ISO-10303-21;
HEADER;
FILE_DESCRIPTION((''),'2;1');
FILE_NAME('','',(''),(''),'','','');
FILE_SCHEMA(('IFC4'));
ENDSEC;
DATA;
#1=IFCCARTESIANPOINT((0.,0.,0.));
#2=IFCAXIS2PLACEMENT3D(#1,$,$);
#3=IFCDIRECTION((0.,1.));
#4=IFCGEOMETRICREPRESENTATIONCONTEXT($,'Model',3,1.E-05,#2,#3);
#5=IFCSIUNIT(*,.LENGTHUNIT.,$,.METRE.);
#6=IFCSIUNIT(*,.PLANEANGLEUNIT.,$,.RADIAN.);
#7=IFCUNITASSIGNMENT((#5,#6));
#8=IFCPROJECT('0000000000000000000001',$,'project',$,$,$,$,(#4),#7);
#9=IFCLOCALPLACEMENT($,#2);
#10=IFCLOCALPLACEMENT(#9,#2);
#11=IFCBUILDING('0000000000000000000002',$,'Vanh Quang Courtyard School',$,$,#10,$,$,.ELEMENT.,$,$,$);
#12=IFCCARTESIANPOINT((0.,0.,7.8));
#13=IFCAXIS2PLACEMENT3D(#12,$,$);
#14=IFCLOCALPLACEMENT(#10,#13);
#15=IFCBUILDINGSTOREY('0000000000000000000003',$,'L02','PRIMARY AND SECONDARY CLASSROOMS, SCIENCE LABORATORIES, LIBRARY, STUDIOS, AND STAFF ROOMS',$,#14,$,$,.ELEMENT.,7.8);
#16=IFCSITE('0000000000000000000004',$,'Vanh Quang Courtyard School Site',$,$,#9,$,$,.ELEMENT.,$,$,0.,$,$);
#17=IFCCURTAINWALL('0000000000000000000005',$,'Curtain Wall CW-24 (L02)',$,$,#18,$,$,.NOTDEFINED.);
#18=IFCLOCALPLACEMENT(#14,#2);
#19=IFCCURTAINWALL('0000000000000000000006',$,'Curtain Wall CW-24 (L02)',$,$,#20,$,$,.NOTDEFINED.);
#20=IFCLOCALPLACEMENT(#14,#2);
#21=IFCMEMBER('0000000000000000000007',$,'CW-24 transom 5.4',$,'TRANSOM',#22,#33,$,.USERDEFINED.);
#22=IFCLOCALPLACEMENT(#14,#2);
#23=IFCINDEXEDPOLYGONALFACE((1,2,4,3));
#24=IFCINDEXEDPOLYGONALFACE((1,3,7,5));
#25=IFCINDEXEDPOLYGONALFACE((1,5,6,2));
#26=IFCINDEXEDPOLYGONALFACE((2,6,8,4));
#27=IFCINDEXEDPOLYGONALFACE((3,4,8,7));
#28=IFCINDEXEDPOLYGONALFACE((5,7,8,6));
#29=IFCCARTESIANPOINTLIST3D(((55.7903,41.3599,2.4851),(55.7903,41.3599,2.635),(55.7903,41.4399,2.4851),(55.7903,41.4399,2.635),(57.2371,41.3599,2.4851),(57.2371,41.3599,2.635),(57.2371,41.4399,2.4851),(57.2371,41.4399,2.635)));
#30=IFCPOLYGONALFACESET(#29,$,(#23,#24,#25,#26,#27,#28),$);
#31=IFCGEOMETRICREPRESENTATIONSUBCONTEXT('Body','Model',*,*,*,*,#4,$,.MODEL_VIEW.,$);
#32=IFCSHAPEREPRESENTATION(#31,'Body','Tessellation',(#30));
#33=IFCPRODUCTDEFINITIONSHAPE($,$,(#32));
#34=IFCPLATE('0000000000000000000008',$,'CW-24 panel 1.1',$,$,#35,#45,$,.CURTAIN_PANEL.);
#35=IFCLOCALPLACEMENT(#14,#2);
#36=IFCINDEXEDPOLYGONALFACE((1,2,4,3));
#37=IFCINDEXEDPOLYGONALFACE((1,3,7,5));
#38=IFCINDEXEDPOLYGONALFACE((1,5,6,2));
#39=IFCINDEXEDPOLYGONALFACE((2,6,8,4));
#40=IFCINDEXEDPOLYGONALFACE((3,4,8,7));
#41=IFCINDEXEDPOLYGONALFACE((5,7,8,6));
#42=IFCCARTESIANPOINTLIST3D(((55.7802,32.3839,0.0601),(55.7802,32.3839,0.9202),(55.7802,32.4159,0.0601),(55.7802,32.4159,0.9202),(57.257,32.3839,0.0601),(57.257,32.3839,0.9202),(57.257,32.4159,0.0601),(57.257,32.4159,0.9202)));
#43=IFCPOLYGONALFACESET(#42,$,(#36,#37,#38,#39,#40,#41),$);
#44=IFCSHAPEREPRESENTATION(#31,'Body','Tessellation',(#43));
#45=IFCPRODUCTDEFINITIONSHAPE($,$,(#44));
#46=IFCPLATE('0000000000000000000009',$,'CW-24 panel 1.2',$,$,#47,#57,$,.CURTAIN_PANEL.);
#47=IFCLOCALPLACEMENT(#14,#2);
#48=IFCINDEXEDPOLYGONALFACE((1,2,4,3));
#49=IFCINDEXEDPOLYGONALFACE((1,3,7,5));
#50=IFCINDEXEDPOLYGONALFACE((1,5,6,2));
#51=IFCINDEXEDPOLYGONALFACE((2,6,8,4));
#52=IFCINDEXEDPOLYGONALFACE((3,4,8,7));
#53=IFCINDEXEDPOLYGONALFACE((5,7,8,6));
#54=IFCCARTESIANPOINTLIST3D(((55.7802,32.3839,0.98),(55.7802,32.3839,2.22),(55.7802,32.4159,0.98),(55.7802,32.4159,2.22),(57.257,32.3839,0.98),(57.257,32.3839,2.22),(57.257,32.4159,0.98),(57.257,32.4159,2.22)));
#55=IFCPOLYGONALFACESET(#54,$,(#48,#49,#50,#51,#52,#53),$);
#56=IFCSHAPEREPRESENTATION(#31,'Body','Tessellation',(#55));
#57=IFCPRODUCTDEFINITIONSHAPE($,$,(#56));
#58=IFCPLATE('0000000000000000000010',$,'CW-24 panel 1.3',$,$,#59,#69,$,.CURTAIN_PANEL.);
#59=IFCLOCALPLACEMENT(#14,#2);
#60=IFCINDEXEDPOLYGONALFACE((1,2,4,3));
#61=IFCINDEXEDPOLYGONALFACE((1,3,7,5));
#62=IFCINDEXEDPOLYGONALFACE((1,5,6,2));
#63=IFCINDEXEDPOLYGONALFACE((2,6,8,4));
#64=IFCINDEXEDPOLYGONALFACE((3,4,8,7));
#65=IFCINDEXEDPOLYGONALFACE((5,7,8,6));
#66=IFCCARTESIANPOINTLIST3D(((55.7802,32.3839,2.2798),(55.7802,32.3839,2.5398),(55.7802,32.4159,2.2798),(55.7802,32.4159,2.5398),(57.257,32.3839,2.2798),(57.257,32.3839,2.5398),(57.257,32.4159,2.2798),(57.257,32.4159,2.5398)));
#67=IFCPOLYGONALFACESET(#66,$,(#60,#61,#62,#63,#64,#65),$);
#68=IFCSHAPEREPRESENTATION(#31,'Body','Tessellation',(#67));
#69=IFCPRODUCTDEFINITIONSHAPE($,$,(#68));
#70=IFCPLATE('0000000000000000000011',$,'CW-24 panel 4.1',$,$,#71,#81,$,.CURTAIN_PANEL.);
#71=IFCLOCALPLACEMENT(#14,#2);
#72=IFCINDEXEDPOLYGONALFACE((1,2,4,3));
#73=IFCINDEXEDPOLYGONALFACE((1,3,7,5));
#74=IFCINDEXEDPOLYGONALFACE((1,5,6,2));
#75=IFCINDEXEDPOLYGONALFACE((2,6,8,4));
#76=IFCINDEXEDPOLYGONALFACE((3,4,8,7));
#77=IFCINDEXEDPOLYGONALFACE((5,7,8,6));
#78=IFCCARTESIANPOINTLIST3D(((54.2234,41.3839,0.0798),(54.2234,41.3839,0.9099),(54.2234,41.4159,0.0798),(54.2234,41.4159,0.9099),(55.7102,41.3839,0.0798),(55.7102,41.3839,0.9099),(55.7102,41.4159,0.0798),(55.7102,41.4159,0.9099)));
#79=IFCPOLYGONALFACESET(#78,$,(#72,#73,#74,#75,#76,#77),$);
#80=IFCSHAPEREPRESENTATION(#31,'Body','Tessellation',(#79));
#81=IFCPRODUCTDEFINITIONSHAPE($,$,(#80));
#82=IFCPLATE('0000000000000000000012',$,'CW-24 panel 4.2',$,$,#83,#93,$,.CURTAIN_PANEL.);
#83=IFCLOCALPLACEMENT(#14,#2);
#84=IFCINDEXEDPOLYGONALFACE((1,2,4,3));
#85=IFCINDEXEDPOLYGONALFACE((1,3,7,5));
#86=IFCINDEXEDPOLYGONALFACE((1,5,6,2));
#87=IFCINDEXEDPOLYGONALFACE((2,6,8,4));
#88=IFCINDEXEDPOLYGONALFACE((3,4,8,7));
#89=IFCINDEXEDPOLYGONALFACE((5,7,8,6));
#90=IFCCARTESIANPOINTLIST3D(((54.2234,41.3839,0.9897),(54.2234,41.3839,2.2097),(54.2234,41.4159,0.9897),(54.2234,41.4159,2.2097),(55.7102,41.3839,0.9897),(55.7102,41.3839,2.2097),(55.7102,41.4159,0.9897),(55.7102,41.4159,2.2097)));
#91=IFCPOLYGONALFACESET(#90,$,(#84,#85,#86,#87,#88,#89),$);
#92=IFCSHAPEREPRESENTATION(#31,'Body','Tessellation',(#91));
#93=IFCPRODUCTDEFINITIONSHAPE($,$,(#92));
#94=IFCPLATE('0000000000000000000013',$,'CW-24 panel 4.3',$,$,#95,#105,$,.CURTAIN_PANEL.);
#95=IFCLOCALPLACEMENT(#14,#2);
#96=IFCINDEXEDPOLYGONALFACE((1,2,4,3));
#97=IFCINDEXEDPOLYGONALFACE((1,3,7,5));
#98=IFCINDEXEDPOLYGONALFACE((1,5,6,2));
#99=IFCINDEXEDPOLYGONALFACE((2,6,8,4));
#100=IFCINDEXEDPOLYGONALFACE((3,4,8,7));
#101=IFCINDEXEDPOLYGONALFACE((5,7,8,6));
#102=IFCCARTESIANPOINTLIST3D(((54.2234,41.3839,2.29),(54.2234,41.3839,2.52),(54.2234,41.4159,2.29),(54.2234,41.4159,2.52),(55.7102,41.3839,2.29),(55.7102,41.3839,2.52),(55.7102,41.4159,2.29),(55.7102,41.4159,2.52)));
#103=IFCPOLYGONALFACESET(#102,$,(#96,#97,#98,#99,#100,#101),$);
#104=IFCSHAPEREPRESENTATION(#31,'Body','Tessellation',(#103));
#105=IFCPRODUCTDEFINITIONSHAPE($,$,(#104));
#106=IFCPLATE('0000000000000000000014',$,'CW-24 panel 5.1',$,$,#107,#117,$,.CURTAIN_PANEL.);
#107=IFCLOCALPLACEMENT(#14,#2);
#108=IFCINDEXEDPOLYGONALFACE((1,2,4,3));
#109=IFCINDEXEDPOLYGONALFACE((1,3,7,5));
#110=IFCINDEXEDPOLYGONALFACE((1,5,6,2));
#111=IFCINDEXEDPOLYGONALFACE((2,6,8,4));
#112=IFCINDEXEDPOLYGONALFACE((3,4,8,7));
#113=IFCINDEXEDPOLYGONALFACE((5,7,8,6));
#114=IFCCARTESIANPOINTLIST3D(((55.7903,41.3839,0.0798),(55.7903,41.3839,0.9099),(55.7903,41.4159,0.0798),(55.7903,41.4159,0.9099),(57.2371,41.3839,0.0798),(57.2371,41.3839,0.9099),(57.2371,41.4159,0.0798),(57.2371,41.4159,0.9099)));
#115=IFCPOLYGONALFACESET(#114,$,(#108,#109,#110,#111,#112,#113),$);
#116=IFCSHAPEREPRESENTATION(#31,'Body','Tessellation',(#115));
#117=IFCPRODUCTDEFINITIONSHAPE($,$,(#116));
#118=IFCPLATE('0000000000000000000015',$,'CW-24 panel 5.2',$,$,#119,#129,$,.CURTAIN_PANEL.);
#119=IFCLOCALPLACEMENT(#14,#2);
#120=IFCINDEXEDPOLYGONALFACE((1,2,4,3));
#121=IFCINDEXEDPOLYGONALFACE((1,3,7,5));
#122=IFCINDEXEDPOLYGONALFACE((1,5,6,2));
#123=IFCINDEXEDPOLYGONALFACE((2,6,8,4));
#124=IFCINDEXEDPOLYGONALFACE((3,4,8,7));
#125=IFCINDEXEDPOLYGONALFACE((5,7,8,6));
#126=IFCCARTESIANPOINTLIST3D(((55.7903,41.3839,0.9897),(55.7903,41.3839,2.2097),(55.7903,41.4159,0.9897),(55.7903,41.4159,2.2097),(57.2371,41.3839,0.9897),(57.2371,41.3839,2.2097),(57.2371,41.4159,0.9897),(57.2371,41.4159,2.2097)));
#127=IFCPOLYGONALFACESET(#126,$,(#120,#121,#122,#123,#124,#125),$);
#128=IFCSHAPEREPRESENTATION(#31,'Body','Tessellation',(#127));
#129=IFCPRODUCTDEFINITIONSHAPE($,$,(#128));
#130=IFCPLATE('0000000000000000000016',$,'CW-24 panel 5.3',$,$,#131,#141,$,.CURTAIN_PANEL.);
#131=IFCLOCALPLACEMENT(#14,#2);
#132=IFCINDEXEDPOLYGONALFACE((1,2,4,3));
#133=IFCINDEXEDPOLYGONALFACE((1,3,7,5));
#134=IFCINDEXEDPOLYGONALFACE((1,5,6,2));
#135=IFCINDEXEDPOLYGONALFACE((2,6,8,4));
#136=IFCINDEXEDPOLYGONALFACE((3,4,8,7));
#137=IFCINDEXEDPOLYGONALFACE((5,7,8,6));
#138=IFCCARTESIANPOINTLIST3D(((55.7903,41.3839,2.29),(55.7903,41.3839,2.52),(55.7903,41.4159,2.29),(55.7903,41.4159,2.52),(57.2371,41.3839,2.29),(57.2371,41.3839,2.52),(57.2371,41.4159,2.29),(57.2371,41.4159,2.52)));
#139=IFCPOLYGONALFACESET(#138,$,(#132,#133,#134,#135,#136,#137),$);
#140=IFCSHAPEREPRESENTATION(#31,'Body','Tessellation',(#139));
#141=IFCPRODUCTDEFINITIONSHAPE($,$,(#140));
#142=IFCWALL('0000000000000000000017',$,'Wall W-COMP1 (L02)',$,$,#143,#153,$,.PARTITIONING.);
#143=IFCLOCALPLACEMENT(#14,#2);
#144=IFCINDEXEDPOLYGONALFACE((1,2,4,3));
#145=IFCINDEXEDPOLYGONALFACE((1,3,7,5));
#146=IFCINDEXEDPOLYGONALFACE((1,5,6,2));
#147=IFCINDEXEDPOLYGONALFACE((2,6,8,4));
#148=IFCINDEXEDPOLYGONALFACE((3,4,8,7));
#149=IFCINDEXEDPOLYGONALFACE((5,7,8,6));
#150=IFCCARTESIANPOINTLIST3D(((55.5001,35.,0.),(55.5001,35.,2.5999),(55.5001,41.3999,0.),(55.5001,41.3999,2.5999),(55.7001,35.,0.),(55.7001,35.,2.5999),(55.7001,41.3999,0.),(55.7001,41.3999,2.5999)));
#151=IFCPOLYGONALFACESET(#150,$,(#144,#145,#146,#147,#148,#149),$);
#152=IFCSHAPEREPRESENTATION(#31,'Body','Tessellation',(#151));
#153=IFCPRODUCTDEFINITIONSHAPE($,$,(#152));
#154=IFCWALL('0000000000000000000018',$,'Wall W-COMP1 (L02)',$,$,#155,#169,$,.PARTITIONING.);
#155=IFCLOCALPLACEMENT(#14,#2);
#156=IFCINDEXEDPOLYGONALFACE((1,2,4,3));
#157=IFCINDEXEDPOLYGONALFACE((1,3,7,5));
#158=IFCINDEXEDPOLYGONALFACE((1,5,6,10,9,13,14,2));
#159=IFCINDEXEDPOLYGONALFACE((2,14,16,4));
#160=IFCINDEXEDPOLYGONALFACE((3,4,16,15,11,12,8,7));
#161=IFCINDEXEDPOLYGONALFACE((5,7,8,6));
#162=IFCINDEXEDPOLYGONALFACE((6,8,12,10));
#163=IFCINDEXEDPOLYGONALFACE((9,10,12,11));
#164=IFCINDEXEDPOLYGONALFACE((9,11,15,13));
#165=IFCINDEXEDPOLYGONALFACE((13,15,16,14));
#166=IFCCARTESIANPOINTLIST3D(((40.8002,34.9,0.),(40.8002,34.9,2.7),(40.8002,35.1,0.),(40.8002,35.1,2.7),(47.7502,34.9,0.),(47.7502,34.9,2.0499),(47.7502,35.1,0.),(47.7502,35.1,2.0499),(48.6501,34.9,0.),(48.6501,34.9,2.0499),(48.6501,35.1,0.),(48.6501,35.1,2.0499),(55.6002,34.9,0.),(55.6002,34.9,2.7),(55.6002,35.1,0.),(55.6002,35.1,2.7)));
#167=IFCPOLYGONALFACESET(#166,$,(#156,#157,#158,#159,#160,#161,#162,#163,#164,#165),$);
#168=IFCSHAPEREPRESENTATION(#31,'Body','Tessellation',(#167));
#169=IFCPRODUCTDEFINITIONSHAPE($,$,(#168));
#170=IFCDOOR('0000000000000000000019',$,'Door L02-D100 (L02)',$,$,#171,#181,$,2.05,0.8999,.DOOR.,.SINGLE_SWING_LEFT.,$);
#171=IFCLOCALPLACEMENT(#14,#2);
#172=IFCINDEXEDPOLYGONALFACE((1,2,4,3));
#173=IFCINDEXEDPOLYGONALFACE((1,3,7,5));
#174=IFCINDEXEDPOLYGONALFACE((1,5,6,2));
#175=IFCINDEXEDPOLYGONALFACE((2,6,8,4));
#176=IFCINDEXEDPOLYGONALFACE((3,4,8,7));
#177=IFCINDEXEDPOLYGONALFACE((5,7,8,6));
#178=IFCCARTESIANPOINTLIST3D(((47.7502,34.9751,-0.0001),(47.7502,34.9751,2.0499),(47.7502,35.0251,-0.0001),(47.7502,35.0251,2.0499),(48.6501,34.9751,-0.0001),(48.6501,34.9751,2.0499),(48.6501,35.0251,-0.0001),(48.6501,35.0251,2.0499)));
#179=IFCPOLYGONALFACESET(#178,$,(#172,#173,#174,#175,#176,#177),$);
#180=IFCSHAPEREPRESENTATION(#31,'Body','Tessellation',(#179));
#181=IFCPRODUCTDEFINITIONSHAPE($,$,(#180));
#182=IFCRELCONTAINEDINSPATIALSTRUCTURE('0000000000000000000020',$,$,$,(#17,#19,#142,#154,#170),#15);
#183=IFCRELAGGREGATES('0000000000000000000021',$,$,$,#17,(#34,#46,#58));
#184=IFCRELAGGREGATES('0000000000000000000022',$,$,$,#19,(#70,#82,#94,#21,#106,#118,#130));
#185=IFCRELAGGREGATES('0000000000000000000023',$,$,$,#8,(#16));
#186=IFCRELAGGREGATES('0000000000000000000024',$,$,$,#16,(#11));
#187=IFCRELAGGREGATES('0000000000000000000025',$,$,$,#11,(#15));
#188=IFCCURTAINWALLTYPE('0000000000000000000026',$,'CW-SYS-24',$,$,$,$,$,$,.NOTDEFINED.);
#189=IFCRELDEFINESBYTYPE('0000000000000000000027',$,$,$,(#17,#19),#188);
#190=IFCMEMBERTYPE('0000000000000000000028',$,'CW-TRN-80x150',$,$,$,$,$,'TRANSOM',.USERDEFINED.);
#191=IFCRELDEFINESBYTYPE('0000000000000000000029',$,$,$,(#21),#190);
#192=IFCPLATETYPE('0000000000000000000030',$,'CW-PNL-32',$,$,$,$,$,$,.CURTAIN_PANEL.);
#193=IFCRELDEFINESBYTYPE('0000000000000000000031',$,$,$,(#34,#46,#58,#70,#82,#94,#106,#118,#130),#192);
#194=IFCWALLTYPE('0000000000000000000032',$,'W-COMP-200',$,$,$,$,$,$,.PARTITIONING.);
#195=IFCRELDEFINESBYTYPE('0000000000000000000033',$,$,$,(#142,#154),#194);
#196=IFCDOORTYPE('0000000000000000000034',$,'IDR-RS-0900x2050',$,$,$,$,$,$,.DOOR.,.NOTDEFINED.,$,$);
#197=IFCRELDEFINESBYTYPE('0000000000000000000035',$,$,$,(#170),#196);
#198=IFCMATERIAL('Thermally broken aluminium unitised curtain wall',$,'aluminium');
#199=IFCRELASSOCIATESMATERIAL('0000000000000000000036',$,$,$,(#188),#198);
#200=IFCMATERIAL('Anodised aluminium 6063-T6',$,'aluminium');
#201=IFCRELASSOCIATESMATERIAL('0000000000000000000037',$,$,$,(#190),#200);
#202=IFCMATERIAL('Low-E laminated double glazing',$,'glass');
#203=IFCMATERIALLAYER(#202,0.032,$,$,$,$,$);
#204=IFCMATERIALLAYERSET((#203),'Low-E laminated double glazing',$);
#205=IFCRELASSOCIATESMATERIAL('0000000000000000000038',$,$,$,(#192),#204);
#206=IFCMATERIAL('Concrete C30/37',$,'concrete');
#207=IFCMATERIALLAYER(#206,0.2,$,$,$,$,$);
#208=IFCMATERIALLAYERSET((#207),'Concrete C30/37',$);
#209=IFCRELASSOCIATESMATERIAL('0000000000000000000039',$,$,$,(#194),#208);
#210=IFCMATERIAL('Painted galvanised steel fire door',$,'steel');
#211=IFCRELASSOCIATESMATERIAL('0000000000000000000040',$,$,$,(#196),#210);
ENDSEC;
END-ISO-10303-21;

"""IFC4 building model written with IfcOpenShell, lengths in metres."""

from ifc_helpers import new_model, si_unit, direction, frame, frame_2d, origin, origin_2d, place, context, subcontext, project, spatial, rectangle, extrude, material, layer, layer_set, material_profile, profile_set, type_object, element, fill, aggregate, save


model = new_model("IFC4")

# Units and contexts
model_context = context("Model", 3, precision=1e-05, world=origin(), true_north=direction((0.0, 1.0)))
body_context = subcontext(model_context, "Body", "Model", "MODEL_VIEW")
ifc_project = project(units=[si_unit("LENGTHUNIT", "METRE"), si_unit("PLANEANGLEUNIT", "RADIAN")], contexts=[model_context])

# Site, building, storey
site_placement = place(None, origin())
site = spatial("IfcSite", under=ifc_project, at=site_placement, Name="Vanh Quang Courtyard School Site", CompositionType="ELEMENT", RefElevation=0.0)
building_placement = place(site_placement, origin())
building = spatial("IfcBuilding", under=site, at=building_placement, Name="Vanh Quang Courtyard School", CompositionType="ELEMENT")
storey_placement = place(building_placement, frame((0.0, 0.0, 7.8)))
storey = spatial("IfcBuildingStorey", under=building, at=storey_placement, Name="L02", Description="PRIMARY AND SECONDARY CLASSROOMS, SCIENCE LABORATORIES, LIBRARY, STUDIOS, AND STAFF ROOMS", CompositionType="ELEMENT", Elevation=7.8)

# Curtain walls
ifc_material_1 = material(Name="Thermally broken aluminium unitised curtain wall", Category="aluminium")
curtain_wall_type = type_object("IfcCurtainWallType", Name="CW-SYS-24", PredefinedType="NOTDEFINED", material=ifc_material_1)
curtain_wall_1_placement = place(storey_placement, origin())
curtain_wall_1 = element("IfcCurtainWall", 1, at=curtain_wall_1_placement, inside=storey, type_object=curtain_wall_type, Name="Curtain Wall CW-24 (L02)", PredefinedType="NOTDEFINED")
ifc_material_2 = material(Name="Anodised aluminium 6063-T6", Category="aluminium")
curtain_wall_2_placement = place(storey_placement, origin())
curtain_wall_2 = element("IfcCurtainWall", 2, at=curtain_wall_2_placement, inside=storey, type_object=curtain_wall_type, Name="Curtain Wall CW-24 (L02)", PredefinedType="NOTDEFINED")

# Member
ifc_material_profile_1 = material_profile(ifc_material_2, rectangle(XDim=0.0801, YDim=0.1499, at=origin_2d()), Name="ALU-TRN 80x150")
ifc_profile_set_1 = profile_set([ifc_material_profile_1], Name="Anodised aluminium 6063-T6")
member_type_1 = type_object("IfcMemberType", Name="CW-TRN-80x150", ElementType="TRANSOM", PredefinedType="USERDEFINED", material=ifc_profile_set_1)
member_1_placement = place(storey_placement, frame((55.7903, 41.3999, 2.5601), z_axis=(1.0, 0.0, 0.0), x_axis=(0.0, 1.0, 0.0)))
member_1 = element("IfcMember", 3, at=member_1_placement, type_object=member_type_1, Name="CW-24 transom 5.4", ObjectType="TRANSOM", PredefinedType="USERDEFINED", context=body_context, shape_type="SweptSolid", body=[
    extrude(rectangle(XDim=0.0801, YDim=0.1499, at=origin_2d()), origin(), (0.0, 0.0, 1.0), 1.4468),
])

# Plates
ifc_material_3 = material(Name="Low-E laminated double glazing", Category="glass")
ifc_layer_1 = layer(ifc_material_3, 0.032)
ifc_layer_set_1 = layer_set([ifc_layer_1], Name="Low-E laminated double glazing")
plate_type = type_object("IfcPlateType", Name="CW-PNL-32", PredefinedType="CURTAIN_PANEL", material=ifc_layer_set_1)
plate_1_placement = place(storey_placement, frame((56.5186, 32.3999, 0.0601), z_axis=(0.0, 0.0, 1.0), x_axis=(-1.0, 0.0, 0.0)))
plate_1 = element("IfcPlate", 4, at=plate_1_placement, type_object=plate_type, Name="CW-24 panel 1.1", PredefinedType="CURTAIN_PANEL", context=body_context, shape_type="SweptSolid", body=[
    extrude(rectangle(XDim=1.4768, YDim=0.032, at=origin_2d()), origin(), (0.0, 0.0, 1.0), 0.8601),
])
plate_2_placement = place(storey_placement, frame((56.5186, 32.3999, 0.98), z_axis=(0.0, 0.0, 1.0), x_axis=(-1.0, 0.0, 0.0)))
plate_2 = element("IfcPlate", 5, at=plate_2_placement, type_object=plate_type, Name="CW-24 panel 1.2", PredefinedType="CURTAIN_PANEL", context=body_context, shape_type="SweptSolid", body=[
    extrude(rectangle(XDim=1.4768, YDim=0.032, at=origin_2d()), origin(), (0.0, 0.0, 1.0), 1.24),
])
plate_3_placement = place(storey_placement, frame((56.5186, 32.3999, 2.2798), z_axis=(0.0, 0.0, 1.0), x_axis=(-1.0, 0.0, 0.0)))
plate_3 = element("IfcPlate", 6, at=plate_3_placement, type_object=plate_type, Name="CW-24 panel 1.3", PredefinedType="CURTAIN_PANEL", context=body_context, shape_type="SweptSolid", body=[
    extrude(rectangle(XDim=1.4768, YDim=0.032, at=origin_2d()), origin(), (0.0, 0.0, 1.0), 0.26),
])
aggregate(curtain_wall_1, [plate_1, plate_2, plate_3])
plate_4_placement = place(storey_placement, frame((54.9668, 41.3999, 0.0798), z_axis=(0.0, 0.0, 1.0), x_axis=(1.0, 0.0, 0.0)))
plate_4 = element("IfcPlate", 7, at=plate_4_placement, type_object=plate_type, Name="CW-24 panel 4.1", PredefinedType="CURTAIN_PANEL", context=body_context, shape_type="SweptSolid", body=[
    extrude(rectangle(XDim=1.4868, YDim=0.032, at=origin_2d()), origin(), (0.0, 0.0, 1.0), 0.8301),
])
plate_5_placement = place(storey_placement, frame((54.9668, 41.3999, 0.9897), z_axis=(0.0, 0.0, 1.0), x_axis=(1.0, 0.0, 0.0)))
plate_5 = element("IfcPlate", 8, at=plate_5_placement, type_object=plate_type, Name="CW-24 panel 4.2", PredefinedType="CURTAIN_PANEL", context=body_context, shape_type="SweptSolid", body=[
    extrude(rectangle(XDim=1.4868, YDim=0.032, at=origin_2d()), origin(), (0.0, 0.0, 1.0), 1.22),
])
plate_6_placement = place(storey_placement, frame((54.9668, 41.3999, 2.29), z_axis=(0.0, 0.0, 1.0), x_axis=(1.0, 0.0, 0.0)))
plate_6 = element("IfcPlate", 9, at=plate_6_placement, type_object=plate_type, Name="CW-24 panel 4.3", PredefinedType="CURTAIN_PANEL", context=body_context, shape_type="SweptSolid", body=[
    extrude(rectangle(XDim=1.4868, YDim=0.032, at=origin_2d()), origin(), (0.0, 0.0, 1.0), 0.23),
])
plate_7_placement = place(storey_placement, frame((56.5137, 41.3999, 0.0798), z_axis=(0.0, 0.0, 1.0), x_axis=(1.0, 0.0, 0.0)))
plate_7 = element("IfcPlate", 10, at=plate_7_placement, type_object=plate_type, Name="CW-24 panel 5.1", PredefinedType="CURTAIN_PANEL", context=body_context, shape_type="SweptSolid", body=[
    extrude(rectangle(XDim=1.4468, YDim=0.032, at=origin_2d()), origin(), (0.0, 0.0, 1.0), 0.8301),
])
plate_8_placement = place(storey_placement, frame((56.5137, 41.3999, 0.9897), z_axis=(0.0, 0.0, 1.0), x_axis=(1.0, 0.0, 0.0)))
plate_8 = element("IfcPlate", 11, at=plate_8_placement, type_object=plate_type, Name="CW-24 panel 5.2", PredefinedType="CURTAIN_PANEL", context=body_context, shape_type="SweptSolid", body=[
    extrude(rectangle(XDim=1.4468, YDim=0.032, at=origin_2d()), origin(), (0.0, 0.0, 1.0), 1.22),
])
plate_9_placement = place(storey_placement, frame((56.5137, 41.3999, 2.29), z_axis=(0.0, 0.0, 1.0), x_axis=(1.0, 0.0, 0.0)))
plate_9 = element("IfcPlate", 12, at=plate_9_placement, type_object=plate_type, Name="CW-24 panel 5.3", PredefinedType="CURTAIN_PANEL", context=body_context, shape_type="SweptSolid", body=[
    extrude(rectangle(XDim=1.4468, YDim=0.032, at=origin_2d()), origin(), (0.0, 0.0, 1.0), 0.23),
])
aggregate(curtain_wall_2, [plate_4, plate_5, plate_6, member_1, plate_7, plate_8, plate_9])

# Wall
ifc_material_4 = material(Name="Concrete C30/37", Category="concrete")
ifc_layer_2 = layer(ifc_material_4, 0.2)
ifc_layer_set_2 = layer_set([ifc_layer_2], Name="Concrete C30/37")
wall_type = type_object("IfcWallType", Name="W-COMP-200", PredefinedType="PARTITIONING", material=ifc_layer_set_2)
wall_1_placement = place(storey_placement, frame((55.6001, 41.3999, 0.0), z_axis=(0.0, 0.0, 1.0), x_axis=(0.0, -1.0, 0.0)))
element("IfcWall", 13, at=wall_1_placement, inside=storey, type_object=wall_type, Name="Wall W-COMP1 (L02)", PredefinedType="PARTITIONING", context=body_context, shape_type="SweptSolid", body=[
    extrude(rectangle(XDim=6.3999, YDim=0.2, at=frame_2d((3.2, 0.0))), origin(), (0.0, 0.0, 1.0), 2.5999),
])

# Wall, opening, door
wall_2_placement = place(storey_placement, frame((55.6001, 35.0, 0.0), z_axis=(0.0, 0.0, 1.0), x_axis=(-1.0, 0.0, 0.0)))
wall_2 = element("IfcWall", 14, at=wall_2_placement, inside=storey, type_object=wall_type, Name="Wall W-COMP1 (L02)", PredefinedType="PARTITIONING", context=body_context, shape_type="SweptSolid", body=[
    extrude(rectangle(XDim=14.8, YDim=0.2, at=frame_2d((7.3999, 0.0))), origin(), (0.0, 0.0, 1.0), 2.7),
])
opening_placement = place(wall_2_placement, frame((6.95, 0.0, 0.0)))
opening = element("IfcOpeningElement", 15, at=opening_placement, cuts=wall_2, PredefinedType="OPENING", context=body_context, shape_type="SweptSolid", body=[
    extrude(rectangle(XDim=0.8999, YDim=2.05, at=frame_2d((0.45, 1.0249))), frame((0.0, 0.1099, 0.0), z_axis=(0.0, -1.0, 0.0), x_axis=(1.0, 0.0, 0.0)), (0.0, 0.0, 1.0), 0.22),
])
ifc_material_5 = material(Name="Painted galvanised steel fire door", Category="steel")
door_type = type_object("IfcDoorType", Name="IDR-RS-0900x2050", OperationType="NOTDEFINED", PredefinedType="DOOR", material=ifc_material_5)
door_placement = place(opening_placement, origin())
door = element("IfcDoor", 16, at=door_placement, inside=storey, type_object=door_type, Name="Door L02-D100 (L02)", OperationType="SINGLE_SWING_LEFT", OverallHeight=2.05, OverallWidth=0.8999, PredefinedType="DOOR", context=body_context, shape_type="SweptSolid", body=[
    extrude(rectangle(XDim=0.8999, YDim=2.05, at=frame_2d((0.45, 1.0249))), frame((0.0, 0.0249, 0.0), z_axis=(0.0, -1.0, 0.0), x_axis=(1.0, 0.0, 0.0)), (0.0, 0.0, 1.0), 0.05),
])
fill(opening, door)

save(model, "model.ifc")
